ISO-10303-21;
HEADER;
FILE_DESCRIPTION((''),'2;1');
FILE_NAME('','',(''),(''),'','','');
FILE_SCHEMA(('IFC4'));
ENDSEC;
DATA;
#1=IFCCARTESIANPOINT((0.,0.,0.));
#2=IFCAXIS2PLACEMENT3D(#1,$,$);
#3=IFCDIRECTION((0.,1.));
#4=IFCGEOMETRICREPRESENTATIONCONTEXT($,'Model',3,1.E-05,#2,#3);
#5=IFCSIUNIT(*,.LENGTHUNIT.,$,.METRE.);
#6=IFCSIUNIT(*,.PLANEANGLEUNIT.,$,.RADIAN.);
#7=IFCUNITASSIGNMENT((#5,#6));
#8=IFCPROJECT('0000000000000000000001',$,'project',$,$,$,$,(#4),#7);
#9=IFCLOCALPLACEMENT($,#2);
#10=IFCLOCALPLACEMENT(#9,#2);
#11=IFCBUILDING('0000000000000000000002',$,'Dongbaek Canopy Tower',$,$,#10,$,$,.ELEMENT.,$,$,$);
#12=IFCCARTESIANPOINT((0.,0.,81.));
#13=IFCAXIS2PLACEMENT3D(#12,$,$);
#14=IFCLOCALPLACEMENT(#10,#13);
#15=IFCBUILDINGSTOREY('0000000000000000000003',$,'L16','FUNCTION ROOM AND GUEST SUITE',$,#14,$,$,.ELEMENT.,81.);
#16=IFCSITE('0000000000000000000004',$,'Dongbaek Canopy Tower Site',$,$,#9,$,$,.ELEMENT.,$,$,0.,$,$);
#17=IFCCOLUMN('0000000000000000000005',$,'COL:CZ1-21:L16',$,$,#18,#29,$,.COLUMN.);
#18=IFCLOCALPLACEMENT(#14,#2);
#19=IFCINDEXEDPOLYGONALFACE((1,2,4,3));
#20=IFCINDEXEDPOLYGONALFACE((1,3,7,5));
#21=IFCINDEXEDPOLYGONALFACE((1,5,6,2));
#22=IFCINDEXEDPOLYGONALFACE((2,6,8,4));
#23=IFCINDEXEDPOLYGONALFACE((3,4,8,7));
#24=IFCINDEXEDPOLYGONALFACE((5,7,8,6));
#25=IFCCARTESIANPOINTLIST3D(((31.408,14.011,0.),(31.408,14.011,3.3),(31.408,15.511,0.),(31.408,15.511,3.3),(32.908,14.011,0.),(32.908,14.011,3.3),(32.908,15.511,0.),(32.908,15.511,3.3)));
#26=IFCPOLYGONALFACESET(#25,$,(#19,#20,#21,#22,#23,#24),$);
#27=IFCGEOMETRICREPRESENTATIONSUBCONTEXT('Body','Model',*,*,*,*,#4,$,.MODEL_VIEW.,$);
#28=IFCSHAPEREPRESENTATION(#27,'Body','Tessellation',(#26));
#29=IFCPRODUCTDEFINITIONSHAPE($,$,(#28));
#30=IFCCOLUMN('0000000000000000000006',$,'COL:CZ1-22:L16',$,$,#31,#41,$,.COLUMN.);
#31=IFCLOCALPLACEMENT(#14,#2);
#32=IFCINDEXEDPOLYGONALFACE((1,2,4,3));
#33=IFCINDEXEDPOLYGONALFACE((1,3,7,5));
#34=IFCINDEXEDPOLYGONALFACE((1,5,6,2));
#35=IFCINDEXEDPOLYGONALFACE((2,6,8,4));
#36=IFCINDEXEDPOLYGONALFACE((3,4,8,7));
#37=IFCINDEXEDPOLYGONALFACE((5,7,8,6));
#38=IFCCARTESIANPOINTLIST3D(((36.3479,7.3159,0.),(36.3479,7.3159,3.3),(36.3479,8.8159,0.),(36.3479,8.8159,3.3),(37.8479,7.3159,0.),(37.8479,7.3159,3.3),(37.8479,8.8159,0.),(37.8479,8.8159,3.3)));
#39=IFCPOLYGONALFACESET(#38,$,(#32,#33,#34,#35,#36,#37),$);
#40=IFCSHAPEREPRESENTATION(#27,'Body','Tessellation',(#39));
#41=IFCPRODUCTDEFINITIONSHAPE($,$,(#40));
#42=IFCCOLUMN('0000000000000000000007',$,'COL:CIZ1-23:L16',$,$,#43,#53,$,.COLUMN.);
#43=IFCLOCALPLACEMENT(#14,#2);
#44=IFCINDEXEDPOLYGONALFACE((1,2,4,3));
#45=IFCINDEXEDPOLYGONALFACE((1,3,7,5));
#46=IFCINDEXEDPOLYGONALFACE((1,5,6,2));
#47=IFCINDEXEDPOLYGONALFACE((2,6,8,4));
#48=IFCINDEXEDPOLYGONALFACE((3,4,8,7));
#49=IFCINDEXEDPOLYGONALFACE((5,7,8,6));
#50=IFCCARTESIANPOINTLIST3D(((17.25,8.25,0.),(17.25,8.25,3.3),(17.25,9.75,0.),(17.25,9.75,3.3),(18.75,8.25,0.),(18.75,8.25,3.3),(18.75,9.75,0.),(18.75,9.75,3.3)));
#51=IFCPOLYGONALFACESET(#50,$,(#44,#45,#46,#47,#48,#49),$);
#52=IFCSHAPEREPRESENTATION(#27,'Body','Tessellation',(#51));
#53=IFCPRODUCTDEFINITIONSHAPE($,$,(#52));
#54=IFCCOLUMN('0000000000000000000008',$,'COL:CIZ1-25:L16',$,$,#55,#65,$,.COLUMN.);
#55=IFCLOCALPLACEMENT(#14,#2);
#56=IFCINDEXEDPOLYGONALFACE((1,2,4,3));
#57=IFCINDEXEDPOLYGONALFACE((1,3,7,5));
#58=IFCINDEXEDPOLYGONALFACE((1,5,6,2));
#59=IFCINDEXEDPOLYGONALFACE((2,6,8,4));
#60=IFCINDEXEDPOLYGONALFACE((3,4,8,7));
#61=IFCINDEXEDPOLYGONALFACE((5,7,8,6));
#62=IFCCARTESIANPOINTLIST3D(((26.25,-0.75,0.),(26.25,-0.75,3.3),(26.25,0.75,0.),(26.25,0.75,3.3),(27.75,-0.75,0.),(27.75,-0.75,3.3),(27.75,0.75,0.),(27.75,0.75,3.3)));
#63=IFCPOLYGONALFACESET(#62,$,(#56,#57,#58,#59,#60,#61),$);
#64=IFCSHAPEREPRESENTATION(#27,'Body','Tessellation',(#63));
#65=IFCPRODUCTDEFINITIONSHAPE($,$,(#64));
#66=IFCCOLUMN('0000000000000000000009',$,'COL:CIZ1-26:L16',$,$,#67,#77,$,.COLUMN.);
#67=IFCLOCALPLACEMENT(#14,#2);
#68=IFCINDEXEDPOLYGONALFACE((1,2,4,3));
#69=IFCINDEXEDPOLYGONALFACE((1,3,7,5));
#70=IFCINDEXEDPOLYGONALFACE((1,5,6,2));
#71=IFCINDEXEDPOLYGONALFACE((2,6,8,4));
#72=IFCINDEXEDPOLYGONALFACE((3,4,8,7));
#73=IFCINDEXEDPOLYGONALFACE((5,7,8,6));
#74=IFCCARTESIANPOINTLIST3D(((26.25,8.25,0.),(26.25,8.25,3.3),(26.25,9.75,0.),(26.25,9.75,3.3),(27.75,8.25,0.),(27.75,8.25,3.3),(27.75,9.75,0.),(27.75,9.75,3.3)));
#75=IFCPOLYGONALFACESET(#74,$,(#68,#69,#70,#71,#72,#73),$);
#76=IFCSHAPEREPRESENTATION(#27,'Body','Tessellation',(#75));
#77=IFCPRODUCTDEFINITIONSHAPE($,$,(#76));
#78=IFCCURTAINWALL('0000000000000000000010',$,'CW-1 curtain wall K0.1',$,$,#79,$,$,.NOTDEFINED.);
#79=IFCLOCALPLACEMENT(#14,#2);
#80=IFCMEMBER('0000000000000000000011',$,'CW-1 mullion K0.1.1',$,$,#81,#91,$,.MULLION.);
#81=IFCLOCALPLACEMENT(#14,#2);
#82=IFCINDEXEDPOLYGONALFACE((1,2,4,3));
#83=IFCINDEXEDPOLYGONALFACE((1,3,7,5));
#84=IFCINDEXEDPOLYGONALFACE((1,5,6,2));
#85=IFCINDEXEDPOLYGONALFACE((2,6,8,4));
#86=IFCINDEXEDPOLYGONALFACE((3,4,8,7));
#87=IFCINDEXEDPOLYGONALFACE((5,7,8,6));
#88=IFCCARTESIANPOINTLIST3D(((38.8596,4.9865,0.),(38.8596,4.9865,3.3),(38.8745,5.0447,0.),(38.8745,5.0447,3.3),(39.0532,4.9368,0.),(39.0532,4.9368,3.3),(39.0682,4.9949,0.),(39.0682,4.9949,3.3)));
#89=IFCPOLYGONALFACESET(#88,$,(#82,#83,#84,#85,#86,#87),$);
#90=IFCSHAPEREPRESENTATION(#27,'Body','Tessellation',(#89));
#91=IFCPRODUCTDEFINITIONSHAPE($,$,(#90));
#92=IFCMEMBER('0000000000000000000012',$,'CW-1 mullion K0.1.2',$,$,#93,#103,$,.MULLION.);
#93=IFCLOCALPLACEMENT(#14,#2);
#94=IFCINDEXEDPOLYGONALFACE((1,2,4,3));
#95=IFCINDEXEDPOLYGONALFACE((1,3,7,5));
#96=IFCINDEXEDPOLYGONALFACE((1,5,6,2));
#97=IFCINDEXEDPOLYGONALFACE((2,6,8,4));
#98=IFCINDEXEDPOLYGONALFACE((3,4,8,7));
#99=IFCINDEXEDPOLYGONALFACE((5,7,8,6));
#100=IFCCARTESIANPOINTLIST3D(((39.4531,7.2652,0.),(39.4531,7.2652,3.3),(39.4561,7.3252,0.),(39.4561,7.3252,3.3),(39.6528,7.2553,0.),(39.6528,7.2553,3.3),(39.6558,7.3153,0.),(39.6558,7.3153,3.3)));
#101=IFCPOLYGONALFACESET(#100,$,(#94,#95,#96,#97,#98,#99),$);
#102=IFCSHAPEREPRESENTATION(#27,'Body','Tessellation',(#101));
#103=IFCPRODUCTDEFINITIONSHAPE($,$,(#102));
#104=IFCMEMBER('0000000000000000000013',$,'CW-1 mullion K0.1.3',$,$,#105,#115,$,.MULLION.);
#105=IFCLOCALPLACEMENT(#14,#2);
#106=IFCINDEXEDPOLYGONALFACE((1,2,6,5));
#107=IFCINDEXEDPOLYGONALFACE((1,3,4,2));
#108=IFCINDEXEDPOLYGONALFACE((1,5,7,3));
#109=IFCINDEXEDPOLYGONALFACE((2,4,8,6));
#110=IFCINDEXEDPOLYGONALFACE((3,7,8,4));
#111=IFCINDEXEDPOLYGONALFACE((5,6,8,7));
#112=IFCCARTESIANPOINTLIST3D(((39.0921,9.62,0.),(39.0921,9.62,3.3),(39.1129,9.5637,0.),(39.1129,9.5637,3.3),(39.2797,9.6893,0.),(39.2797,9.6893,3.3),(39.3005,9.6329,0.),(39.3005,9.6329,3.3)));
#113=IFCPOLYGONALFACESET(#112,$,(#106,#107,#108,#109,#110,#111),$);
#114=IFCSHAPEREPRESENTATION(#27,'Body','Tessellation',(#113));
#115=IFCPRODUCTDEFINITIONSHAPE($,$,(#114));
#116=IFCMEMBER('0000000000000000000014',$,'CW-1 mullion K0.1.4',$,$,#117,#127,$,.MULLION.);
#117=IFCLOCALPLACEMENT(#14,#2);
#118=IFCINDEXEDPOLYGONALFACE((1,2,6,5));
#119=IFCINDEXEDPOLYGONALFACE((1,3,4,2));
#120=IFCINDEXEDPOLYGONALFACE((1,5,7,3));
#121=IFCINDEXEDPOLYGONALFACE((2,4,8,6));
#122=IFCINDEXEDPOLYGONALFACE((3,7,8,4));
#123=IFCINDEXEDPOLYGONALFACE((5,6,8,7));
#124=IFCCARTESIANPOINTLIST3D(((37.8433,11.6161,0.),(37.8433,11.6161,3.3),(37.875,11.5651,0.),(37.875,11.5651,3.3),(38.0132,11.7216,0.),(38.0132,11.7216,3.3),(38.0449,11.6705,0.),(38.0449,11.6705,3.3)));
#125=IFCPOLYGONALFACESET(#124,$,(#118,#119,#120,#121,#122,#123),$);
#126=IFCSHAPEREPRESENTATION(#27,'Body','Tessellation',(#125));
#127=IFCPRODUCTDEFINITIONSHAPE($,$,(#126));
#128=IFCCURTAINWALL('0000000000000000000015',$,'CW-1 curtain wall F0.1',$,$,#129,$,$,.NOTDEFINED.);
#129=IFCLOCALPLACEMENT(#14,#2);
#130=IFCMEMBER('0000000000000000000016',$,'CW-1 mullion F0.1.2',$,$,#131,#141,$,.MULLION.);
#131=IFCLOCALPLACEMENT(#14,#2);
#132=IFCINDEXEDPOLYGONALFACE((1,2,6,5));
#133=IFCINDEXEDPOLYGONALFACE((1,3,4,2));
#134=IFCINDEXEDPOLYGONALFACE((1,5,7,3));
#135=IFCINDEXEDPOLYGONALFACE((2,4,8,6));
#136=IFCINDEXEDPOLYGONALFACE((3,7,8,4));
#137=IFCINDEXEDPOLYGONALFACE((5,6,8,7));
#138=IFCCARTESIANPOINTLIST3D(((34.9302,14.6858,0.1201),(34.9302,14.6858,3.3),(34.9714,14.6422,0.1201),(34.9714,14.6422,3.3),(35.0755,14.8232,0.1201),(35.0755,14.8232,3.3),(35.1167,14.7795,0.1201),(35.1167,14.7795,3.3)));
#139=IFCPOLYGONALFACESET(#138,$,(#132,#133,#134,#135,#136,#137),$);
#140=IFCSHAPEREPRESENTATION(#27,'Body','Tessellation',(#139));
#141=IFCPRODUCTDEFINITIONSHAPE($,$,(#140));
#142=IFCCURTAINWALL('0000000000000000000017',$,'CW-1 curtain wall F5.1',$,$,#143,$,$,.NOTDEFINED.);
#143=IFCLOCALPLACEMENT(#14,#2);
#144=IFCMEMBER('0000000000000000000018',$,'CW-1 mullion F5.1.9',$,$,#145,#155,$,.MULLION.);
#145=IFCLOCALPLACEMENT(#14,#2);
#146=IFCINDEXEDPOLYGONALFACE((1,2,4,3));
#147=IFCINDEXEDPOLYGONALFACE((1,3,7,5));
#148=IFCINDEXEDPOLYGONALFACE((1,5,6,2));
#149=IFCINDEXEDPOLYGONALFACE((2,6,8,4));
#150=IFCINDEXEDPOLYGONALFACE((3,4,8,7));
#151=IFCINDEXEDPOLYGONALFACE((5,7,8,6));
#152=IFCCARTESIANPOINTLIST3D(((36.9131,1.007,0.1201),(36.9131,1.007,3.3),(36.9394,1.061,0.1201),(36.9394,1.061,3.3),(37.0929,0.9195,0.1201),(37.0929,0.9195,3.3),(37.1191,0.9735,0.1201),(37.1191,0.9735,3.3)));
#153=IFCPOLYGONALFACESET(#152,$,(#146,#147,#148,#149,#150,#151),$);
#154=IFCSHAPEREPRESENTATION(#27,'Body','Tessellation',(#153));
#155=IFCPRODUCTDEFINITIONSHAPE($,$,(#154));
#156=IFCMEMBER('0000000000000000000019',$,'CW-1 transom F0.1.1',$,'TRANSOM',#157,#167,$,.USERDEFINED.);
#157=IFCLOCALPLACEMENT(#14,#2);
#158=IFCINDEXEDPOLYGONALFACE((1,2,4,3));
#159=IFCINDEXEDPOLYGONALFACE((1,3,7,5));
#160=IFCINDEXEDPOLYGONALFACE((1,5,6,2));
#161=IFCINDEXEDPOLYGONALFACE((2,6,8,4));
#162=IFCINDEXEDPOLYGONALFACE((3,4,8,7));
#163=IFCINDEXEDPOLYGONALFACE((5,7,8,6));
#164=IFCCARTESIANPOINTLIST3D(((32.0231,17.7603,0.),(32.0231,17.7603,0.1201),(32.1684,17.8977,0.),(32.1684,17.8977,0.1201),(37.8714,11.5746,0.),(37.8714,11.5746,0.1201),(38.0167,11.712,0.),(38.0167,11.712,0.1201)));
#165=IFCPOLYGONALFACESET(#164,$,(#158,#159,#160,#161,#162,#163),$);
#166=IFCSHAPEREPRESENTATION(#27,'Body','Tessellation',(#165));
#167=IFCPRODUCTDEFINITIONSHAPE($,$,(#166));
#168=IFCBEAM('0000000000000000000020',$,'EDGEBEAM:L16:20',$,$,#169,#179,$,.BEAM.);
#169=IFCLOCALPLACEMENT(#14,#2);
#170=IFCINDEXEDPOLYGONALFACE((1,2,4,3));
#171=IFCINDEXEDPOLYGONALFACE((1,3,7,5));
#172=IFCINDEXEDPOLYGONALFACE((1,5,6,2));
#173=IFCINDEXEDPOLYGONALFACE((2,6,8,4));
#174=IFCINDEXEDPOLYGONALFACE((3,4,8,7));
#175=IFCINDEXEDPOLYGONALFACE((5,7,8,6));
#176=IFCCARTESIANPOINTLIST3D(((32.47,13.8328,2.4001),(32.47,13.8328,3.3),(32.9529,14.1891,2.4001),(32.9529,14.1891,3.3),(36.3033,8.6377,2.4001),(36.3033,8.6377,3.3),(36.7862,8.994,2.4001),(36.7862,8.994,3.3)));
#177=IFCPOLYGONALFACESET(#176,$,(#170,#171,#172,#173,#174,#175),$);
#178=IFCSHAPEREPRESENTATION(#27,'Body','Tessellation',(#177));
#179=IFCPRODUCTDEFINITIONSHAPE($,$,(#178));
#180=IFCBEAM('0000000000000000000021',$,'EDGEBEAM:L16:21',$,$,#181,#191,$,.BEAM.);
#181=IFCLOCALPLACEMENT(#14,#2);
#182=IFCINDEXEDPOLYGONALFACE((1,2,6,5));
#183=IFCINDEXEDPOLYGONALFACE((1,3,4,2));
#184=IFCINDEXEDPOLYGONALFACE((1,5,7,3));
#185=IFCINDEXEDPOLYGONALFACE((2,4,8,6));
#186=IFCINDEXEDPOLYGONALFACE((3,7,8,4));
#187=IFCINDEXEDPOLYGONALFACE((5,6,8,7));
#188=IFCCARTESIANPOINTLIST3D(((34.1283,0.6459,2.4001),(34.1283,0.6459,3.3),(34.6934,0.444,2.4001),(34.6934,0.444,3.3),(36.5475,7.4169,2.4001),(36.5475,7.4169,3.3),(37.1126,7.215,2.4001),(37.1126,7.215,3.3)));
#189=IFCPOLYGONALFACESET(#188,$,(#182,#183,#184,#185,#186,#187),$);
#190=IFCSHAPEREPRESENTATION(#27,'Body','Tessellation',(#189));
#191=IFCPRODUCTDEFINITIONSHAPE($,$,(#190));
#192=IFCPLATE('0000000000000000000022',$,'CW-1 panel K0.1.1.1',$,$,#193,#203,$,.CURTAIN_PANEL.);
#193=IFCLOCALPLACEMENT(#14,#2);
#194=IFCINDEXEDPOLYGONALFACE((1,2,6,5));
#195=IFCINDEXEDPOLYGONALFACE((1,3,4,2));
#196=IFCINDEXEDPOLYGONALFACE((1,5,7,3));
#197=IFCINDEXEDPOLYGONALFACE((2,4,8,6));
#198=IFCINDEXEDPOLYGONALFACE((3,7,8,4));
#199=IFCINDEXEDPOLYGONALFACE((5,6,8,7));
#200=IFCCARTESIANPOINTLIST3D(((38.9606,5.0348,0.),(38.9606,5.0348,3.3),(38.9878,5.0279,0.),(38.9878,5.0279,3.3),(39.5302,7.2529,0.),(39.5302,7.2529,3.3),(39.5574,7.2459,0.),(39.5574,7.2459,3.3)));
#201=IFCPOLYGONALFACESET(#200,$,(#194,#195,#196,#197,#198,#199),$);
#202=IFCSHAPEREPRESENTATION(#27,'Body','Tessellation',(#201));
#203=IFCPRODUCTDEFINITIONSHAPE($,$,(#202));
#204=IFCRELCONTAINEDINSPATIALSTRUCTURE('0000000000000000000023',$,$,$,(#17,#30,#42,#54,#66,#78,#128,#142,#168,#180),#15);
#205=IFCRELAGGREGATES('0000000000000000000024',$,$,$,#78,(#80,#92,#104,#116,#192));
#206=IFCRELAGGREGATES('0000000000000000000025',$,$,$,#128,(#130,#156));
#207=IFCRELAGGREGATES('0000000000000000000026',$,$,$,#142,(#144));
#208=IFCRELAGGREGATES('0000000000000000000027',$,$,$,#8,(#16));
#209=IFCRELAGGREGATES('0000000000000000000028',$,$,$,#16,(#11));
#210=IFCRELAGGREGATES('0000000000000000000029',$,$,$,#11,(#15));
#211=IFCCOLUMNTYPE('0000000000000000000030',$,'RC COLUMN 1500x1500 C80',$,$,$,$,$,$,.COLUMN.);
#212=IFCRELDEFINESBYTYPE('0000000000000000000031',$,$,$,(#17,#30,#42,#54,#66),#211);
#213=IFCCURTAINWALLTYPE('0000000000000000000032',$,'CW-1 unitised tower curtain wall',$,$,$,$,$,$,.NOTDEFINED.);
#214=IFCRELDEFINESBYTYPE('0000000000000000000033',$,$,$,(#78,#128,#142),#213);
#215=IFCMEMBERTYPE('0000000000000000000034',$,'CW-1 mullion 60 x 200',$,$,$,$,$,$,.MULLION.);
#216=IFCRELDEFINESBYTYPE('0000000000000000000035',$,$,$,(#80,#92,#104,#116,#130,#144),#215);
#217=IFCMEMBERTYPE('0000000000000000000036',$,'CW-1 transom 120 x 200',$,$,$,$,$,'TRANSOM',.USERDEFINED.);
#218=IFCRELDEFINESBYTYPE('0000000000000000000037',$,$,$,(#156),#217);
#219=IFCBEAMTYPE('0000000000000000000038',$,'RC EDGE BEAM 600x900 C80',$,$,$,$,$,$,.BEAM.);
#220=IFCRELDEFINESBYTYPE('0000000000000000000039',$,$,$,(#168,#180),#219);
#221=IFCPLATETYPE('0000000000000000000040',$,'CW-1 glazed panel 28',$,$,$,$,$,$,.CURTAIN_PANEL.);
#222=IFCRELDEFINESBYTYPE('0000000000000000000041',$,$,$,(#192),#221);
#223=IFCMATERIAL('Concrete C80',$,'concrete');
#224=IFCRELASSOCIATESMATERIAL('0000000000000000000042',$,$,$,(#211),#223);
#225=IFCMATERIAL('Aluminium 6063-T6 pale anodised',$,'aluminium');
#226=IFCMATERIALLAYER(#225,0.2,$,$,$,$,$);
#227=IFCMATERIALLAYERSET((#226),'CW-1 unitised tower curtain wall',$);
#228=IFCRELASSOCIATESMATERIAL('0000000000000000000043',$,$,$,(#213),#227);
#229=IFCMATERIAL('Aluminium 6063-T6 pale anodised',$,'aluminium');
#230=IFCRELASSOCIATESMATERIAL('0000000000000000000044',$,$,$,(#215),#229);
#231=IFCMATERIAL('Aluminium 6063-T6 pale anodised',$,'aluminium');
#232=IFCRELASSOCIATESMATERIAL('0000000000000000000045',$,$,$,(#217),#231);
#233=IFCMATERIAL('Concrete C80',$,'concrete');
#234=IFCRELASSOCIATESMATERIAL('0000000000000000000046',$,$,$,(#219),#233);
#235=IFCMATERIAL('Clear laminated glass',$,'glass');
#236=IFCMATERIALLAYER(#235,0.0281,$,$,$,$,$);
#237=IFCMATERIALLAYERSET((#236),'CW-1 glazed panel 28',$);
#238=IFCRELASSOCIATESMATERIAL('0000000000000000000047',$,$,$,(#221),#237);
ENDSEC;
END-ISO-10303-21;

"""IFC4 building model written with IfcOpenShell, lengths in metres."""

from ifc_helpers import new_model, si_unit, direction, frame, origin, origin_2d, place, context, subcontext, project, spatial, rectangle, extrude, material, layer, layer_set, material_profile, profile_set, type_object, element, aggregate, save


model = new_model("IFC4")

# Units and contexts
model_context = context("Model", 3, precision=1e-05, world=origin(), true_north=direction((0.0, 1.0)))
body_context = subcontext(model_context, "Body", "Model", "MODEL_VIEW")
ifc_project = project(units=[si_unit("LENGTHUNIT", "METRE"), si_unit("PLANEANGLEUNIT", "RADIAN")], contexts=[model_context])

# Site, building, storey
site_placement = place(None, origin())
site = spatial("IfcSite", under=ifc_project, at=site_placement, Name="Dongbaek Canopy Tower Site", CompositionType="ELEMENT", RefElevation=0.0)
building_placement = place(site_placement, origin())
building = spatial("IfcBuilding", under=site, at=building_placement, Name="Dongbaek Canopy Tower", CompositionType="ELEMENT")
storey_placement = place(building_placement, frame((0.0, 0.0, 81.0)))
storey = spatial("IfcBuildingStorey", under=building, at=storey_placement, Name="L16", Description="FUNCTION ROOM AND GUEST SUITE", CompositionType="ELEMENT", Elevation=81.0)

# Columns
ifc_material_1 = material(Name="Concrete C80", Category="concrete")
ifc_material_profile_1 = material_profile(ifc_material_1, rectangle(XDim=1.5, YDim=1.5, at=origin_2d()), Name="RC COLUMN 1500x1500 C80")
ifc_profile_set_1 = profile_set([ifc_material_profile_1], Name="Concrete C80")
column_type = type_object("IfcColumnType", Name="RC COLUMN 1500x1500 C80", PredefinedType="COLUMN", material=ifc_profile_set_1)
for number, where, z_axis, x_axis, name in (
    (1, (32.158, 14.761, 0.0), (0.0, 0.0, 1.0), (1.0, 0.0, 0.0), "COL:CZ1-21:L16"),
    (2, (37.0979, 8.0659, 0.0), (0.0, 0.0, 1.0), (1.0, 0.0, 0.0), "COL:CZ1-22:L16"),
    (3, (18.0, 9.0, 0.0), (0.0, 0.0, 1.0), (1.0, 0.0, 0.0), "COL:CIZ1-23:L16"),
    (4, (27.0, 0.0, 0.0), (0.0, 0.0, 1.0), (1.0, 0.0, 0.0), "COL:CIZ1-25:L16"),
    (5, (27.0, 9.0, 0.0), (0.0, 0.0, 1.0), (1.0, 0.0, 0.0), "COL:CIZ1-26:L16"),
):
    element("IfcColumn", number, at=place(storey_placement, frame(where, z_axis=z_axis, x_axis=x_axis)), inside=storey, type_object=column_type, Name=name, PredefinedType="COLUMN", context=body_context, shape_type="SweptSolid", body=[
        extrude(rectangle(XDim=1.5, YDim=1.5, at=origin_2d()), origin(), (0.0, 0.0, 1.0), 3.3),
    ])

# Curtain wall, members
ifc_material_2 = material(Name="Aluminium 6063-T6 pale anodised", Category="aluminium")
ifc_layer_1 = layer(ifc_material_2, 0.2)
ifc_layer_set_1 = layer_set([ifc_layer_1], Name="CW-1 unitised tower curtain wall")
curtain_wall_type = type_object("IfcCurtainWallType", Name="CW-1 unitised tower curtain wall", PredefinedType="NOTDEFINED", material=ifc_layer_set_1)
curtain_wall_1_placement = place(storey_placement, origin())
curtain_wall_1 = element("IfcCurtainWall", 6, at=curtain_wall_1_placement, inside=storey, type_object=curtain_wall_type, Name="CW-1 curtain wall K0.1", PredefinedType="NOTDEFINED")
ifc_material_3 = material(Name="Aluminium 6063-T6 pale anodised", Category="aluminium")
ifc_material_profile_2 = material_profile(ifc_material_3, rectangle(XDim=0.2, YDim=0.0601, at=origin_2d()), Name="CW-1 mullion 60 x 200")
ifc_profile_set_2 = profile_set([ifc_material_profile_2], Name="Aluminium 6063-T6 pale anodised")
member_type_1 = type_object("IfcMemberType", Name="CW-1 mullion 60 x 200", PredefinedType="MULLION", material=ifc_profile_set_2)
member_1_placement = place(storey_placement, frame((38.9639, 4.9907, 0.0), z_axis=(0.0, 0.0, 1.0), x_axis=(0.968575, -0.248722, 0.0)))
member_1 = element("IfcMember", 7, at=member_1_placement, type_object=member_type_1, Name="CW-1 mullion K0.1.1", PredefinedType="MULLION", context=body_context, shape_type="SweptSolid", body=[
    extrude(rectangle(XDim=0.2, YDim=0.0601, at=origin_2d()), origin(), (0.0, 0.0, 1.0), 3.3),
])
member_2_placement = place(storey_placement, frame((39.5544, 7.2903, 0.0), z_axis=(0.0, 0.0, 1.0), x_axis=(0.998769, -0.049596, 0.0)))
member_2 = element("IfcMember", 8, at=member_2_placement, type_object=member_type_1, Name="CW-1 mullion K0.1.2", PredefinedType="MULLION", context=body_context, shape_type="SweptSolid", body=[
    extrude(rectangle(XDim=0.2, YDim=0.0601, at=origin_2d()), origin(), (0.0, 0.0, 1.0), 3.3),
])
member_3_placement = place(storey_placement, frame((39.1963, 9.6265, 0.0), z_axis=(0.0, 0.0, 1.0), x_axis=(0.938038, 0.346532, 0.0)))
member_3 = element("IfcMember", 9, at=member_3_placement, type_object=member_type_1, Name="CW-1 mullion K0.1.3", PredefinedType="MULLION", context=body_context, shape_type="SweptSolid", body=[
    extrude(rectangle(XDim=0.2, YDim=0.0601, at=origin_2d()), origin(), (0.0, 0.0, 1.0), 3.3),
])
member_4_placement = place(storey_placement, frame((37.9441, 11.6433, 0.0), z_axis=(0.0, 0.0, 1.0), x_axis=(0.849576, 0.527466, 0.0)))
member_4 = element("IfcMember", 10, at=member_4_placement, type_object=member_type_1, Name="CW-1 mullion K0.1.4", PredefinedType="MULLION", context=body_context, shape_type="SweptSolid", body=[
    extrude(rectangle(XDim=0.2, YDim=0.0601, at=origin_2d()), origin(), (0.0, 0.0, 1.0), 3.3),
])

# Curtain walls, members
curtain_wall_2_placement = place(storey_placement, origin())
curtain_wall_2 = element("IfcCurtainWall", 11, at=curtain_wall_2_placement, inside=storey, type_object=curtain_wall_type, Name="CW-1 curtain wall F0.1", PredefinedType="NOTDEFINED")
member_5_placement = place(storey_placement, frame((35.0234, 14.7327, 0.1201), z_axis=(0.0, 0.0, 1.0), x_axis=(0.726653, 0.687005, 0.0)))
member_5 = element("IfcMember", 12, at=member_5_placement, type_object=member_type_1, Name="CW-1 mullion F0.1.2", PredefinedType="MULLION", context=body_context, shape_type="SweptSolid", body=[
    extrude(rectangle(XDim=0.2, YDim=0.0601, at=origin_2d()), origin(), (0.0, 0.0, 1.0), 3.1799),
])
curtain_wall_3_placement = place(storey_placement, origin())
curtain_wall_3 = element("IfcCurtainWall", 13, at=curtain_wall_3_placement, inside=storey, type_object=curtain_wall_type, Name="CW-1 curtain wall F5.1", PredefinedType="NOTDEFINED")
member_6_placement = place(storey_placement, frame((37.0161, 0.9902, 0.1201), z_axis=(0.0, 0.0, 1.0), x_axis=(0.899092, -0.437759, 0.0)))
member_6 = element("IfcMember", 14, at=member_6_placement, type_object=member_type_1, Name="CW-1 mullion F5.1.9", PredefinedType="MULLION", context=body_context, shape_type="SweptSolid", body=[
    extrude(rectangle(XDim=0.2, YDim=0.0601, at=origin_2d()), origin(), (0.0, 0.0, 1.0), 3.1799),
])

# Member
ifc_material_4 = material(Name="Aluminium 6063-T6 pale anodised", Category="aluminium")
ifc_material_profile_3 = material_profile(ifc_material_4, rectangle(XDim=0.2, YDim=0.1201, at=origin_2d()), Name="CW-1 transom 120 x 200")
ifc_profile_set_3 = profile_set([ifc_material_profile_3], Name="Aluminium 6063-T6 pale anodised")
member_type_2 = type_object("IfcMemberType", Name="CW-1 transom 120 x 200", ElementType="TRANSOM", PredefinedType="USERDEFINED", material=ifc_profile_set_3)
member_7_placement = place(storey_placement, frame((37.9441, 11.6433, 0.0601), z_axis=(-0.687012, 0.726646, 0.0), x_axis=(-0.726646, -0.687012, 0.0)))
member_7 = element("IfcMember", 15, at=member_7_placement, type_object=member_type_2, Name="CW-1 transom F0.1.1", ObjectType="TRANSOM", PredefinedType="USERDEFINED", context=body_context, shape_type="SweptSolid", body=[
    extrude(rectangle(XDim=0.2, YDim=0.1201, at=origin_2d()), origin(), (0.0, 0.0, 1.0), 8.5127),
])

# Beams
ifc_material_5 = material(Name="Concrete C80", Category="concrete")
ifc_material_profile_4 = material_profile(ifc_material_5, rectangle(XDim=0.6001, YDim=0.8999, at=origin_2d()), Name="RC EDGE BEAM 600x900 C80")
ifc_profile_set_4 = profile_set([ifc_material_profile_4], Name="Concrete C80")
beam_type = type_object("IfcBeamType", Name="RC EDGE BEAM 600x900 C80", PredefinedType="BEAM", material=ifc_profile_set_4)
beam_1_placement = place(storey_placement, frame((32.7114, 14.011, 2.8501), z_axis=(0.593732, -0.804663, 0.0), x_axis=(0.804663, 0.593732, 0.0)))
element("IfcBeam", 16, at=beam_1_placement, inside=storey, type_object=beam_type, Name="EDGEBEAM:L16:20", PredefinedType="BEAM", context=body_context, shape_type="SweptSolid", body=[
    extrude(rectangle(XDim=0.6001, YDim=0.8999, at=origin_2d()), origin(), (0.0, 0.0, 1.0), 6.4563),
])
beam_2_placement = place(storey_placement, frame((36.8301, 7.3159, 2.8501), z_axis=(-0.336457, -0.941699, 0.0), x_axis=(0.941699, -0.336457, 0.0)))
element("IfcBeam", 17, at=beam_2_placement, inside=storey, type_object=beam_type, Name="EDGEBEAM:L16:21", PredefinedType="BEAM", context=body_context, shape_type="SweptSolid", body=[
    extrude(rectangle(XDim=0.6001, YDim=0.8999, at=origin_2d()), origin(), (0.0, 0.0, 1.0), 7.1902),
])

# Plate
ifc_material_6 = material(Name="Clear laminated glass", Category="glass")
ifc_layer_2 = layer(ifc_material_6, 0.0281)
ifc_layer_set_2 = layer_set([ifc_layer_2], Name="CW-1 glazed panel 28")
plate_type = type_object("IfcPlateType", Name="CW-1 glazed panel 28", PredefinedType="CURTAIN_PANEL", material=ifc_layer_set_2)
plate_1_placement = place(storey_placement, frame((39.259, 6.1404, 0.0), z_axis=(0.0, 0.0, 1.0), x_axis=(0.248722, 0.968575, 0.0)))
plate_1 = element("IfcPlate", 18, at=plate_1_placement, type_object=plate_type, Name="CW-1 panel K0.1.1.1", PredefinedType="CURTAIN_PANEL", context=body_context, shape_type="SweptSolid", body=[
    extrude(rectangle(XDim=2.29, YDim=0.0281, at=origin_2d()), origin(), (0.0, 0.0, 1.0), 3.3),
])

aggregate(curtain_wall_1, [member_1, member_2, member_3, member_4, plate_1])
aggregate(curtain_wall_2, [member_5, member_7])
aggregate(curtain_wall_3, [member_6])

save(model, "model.ifc")
